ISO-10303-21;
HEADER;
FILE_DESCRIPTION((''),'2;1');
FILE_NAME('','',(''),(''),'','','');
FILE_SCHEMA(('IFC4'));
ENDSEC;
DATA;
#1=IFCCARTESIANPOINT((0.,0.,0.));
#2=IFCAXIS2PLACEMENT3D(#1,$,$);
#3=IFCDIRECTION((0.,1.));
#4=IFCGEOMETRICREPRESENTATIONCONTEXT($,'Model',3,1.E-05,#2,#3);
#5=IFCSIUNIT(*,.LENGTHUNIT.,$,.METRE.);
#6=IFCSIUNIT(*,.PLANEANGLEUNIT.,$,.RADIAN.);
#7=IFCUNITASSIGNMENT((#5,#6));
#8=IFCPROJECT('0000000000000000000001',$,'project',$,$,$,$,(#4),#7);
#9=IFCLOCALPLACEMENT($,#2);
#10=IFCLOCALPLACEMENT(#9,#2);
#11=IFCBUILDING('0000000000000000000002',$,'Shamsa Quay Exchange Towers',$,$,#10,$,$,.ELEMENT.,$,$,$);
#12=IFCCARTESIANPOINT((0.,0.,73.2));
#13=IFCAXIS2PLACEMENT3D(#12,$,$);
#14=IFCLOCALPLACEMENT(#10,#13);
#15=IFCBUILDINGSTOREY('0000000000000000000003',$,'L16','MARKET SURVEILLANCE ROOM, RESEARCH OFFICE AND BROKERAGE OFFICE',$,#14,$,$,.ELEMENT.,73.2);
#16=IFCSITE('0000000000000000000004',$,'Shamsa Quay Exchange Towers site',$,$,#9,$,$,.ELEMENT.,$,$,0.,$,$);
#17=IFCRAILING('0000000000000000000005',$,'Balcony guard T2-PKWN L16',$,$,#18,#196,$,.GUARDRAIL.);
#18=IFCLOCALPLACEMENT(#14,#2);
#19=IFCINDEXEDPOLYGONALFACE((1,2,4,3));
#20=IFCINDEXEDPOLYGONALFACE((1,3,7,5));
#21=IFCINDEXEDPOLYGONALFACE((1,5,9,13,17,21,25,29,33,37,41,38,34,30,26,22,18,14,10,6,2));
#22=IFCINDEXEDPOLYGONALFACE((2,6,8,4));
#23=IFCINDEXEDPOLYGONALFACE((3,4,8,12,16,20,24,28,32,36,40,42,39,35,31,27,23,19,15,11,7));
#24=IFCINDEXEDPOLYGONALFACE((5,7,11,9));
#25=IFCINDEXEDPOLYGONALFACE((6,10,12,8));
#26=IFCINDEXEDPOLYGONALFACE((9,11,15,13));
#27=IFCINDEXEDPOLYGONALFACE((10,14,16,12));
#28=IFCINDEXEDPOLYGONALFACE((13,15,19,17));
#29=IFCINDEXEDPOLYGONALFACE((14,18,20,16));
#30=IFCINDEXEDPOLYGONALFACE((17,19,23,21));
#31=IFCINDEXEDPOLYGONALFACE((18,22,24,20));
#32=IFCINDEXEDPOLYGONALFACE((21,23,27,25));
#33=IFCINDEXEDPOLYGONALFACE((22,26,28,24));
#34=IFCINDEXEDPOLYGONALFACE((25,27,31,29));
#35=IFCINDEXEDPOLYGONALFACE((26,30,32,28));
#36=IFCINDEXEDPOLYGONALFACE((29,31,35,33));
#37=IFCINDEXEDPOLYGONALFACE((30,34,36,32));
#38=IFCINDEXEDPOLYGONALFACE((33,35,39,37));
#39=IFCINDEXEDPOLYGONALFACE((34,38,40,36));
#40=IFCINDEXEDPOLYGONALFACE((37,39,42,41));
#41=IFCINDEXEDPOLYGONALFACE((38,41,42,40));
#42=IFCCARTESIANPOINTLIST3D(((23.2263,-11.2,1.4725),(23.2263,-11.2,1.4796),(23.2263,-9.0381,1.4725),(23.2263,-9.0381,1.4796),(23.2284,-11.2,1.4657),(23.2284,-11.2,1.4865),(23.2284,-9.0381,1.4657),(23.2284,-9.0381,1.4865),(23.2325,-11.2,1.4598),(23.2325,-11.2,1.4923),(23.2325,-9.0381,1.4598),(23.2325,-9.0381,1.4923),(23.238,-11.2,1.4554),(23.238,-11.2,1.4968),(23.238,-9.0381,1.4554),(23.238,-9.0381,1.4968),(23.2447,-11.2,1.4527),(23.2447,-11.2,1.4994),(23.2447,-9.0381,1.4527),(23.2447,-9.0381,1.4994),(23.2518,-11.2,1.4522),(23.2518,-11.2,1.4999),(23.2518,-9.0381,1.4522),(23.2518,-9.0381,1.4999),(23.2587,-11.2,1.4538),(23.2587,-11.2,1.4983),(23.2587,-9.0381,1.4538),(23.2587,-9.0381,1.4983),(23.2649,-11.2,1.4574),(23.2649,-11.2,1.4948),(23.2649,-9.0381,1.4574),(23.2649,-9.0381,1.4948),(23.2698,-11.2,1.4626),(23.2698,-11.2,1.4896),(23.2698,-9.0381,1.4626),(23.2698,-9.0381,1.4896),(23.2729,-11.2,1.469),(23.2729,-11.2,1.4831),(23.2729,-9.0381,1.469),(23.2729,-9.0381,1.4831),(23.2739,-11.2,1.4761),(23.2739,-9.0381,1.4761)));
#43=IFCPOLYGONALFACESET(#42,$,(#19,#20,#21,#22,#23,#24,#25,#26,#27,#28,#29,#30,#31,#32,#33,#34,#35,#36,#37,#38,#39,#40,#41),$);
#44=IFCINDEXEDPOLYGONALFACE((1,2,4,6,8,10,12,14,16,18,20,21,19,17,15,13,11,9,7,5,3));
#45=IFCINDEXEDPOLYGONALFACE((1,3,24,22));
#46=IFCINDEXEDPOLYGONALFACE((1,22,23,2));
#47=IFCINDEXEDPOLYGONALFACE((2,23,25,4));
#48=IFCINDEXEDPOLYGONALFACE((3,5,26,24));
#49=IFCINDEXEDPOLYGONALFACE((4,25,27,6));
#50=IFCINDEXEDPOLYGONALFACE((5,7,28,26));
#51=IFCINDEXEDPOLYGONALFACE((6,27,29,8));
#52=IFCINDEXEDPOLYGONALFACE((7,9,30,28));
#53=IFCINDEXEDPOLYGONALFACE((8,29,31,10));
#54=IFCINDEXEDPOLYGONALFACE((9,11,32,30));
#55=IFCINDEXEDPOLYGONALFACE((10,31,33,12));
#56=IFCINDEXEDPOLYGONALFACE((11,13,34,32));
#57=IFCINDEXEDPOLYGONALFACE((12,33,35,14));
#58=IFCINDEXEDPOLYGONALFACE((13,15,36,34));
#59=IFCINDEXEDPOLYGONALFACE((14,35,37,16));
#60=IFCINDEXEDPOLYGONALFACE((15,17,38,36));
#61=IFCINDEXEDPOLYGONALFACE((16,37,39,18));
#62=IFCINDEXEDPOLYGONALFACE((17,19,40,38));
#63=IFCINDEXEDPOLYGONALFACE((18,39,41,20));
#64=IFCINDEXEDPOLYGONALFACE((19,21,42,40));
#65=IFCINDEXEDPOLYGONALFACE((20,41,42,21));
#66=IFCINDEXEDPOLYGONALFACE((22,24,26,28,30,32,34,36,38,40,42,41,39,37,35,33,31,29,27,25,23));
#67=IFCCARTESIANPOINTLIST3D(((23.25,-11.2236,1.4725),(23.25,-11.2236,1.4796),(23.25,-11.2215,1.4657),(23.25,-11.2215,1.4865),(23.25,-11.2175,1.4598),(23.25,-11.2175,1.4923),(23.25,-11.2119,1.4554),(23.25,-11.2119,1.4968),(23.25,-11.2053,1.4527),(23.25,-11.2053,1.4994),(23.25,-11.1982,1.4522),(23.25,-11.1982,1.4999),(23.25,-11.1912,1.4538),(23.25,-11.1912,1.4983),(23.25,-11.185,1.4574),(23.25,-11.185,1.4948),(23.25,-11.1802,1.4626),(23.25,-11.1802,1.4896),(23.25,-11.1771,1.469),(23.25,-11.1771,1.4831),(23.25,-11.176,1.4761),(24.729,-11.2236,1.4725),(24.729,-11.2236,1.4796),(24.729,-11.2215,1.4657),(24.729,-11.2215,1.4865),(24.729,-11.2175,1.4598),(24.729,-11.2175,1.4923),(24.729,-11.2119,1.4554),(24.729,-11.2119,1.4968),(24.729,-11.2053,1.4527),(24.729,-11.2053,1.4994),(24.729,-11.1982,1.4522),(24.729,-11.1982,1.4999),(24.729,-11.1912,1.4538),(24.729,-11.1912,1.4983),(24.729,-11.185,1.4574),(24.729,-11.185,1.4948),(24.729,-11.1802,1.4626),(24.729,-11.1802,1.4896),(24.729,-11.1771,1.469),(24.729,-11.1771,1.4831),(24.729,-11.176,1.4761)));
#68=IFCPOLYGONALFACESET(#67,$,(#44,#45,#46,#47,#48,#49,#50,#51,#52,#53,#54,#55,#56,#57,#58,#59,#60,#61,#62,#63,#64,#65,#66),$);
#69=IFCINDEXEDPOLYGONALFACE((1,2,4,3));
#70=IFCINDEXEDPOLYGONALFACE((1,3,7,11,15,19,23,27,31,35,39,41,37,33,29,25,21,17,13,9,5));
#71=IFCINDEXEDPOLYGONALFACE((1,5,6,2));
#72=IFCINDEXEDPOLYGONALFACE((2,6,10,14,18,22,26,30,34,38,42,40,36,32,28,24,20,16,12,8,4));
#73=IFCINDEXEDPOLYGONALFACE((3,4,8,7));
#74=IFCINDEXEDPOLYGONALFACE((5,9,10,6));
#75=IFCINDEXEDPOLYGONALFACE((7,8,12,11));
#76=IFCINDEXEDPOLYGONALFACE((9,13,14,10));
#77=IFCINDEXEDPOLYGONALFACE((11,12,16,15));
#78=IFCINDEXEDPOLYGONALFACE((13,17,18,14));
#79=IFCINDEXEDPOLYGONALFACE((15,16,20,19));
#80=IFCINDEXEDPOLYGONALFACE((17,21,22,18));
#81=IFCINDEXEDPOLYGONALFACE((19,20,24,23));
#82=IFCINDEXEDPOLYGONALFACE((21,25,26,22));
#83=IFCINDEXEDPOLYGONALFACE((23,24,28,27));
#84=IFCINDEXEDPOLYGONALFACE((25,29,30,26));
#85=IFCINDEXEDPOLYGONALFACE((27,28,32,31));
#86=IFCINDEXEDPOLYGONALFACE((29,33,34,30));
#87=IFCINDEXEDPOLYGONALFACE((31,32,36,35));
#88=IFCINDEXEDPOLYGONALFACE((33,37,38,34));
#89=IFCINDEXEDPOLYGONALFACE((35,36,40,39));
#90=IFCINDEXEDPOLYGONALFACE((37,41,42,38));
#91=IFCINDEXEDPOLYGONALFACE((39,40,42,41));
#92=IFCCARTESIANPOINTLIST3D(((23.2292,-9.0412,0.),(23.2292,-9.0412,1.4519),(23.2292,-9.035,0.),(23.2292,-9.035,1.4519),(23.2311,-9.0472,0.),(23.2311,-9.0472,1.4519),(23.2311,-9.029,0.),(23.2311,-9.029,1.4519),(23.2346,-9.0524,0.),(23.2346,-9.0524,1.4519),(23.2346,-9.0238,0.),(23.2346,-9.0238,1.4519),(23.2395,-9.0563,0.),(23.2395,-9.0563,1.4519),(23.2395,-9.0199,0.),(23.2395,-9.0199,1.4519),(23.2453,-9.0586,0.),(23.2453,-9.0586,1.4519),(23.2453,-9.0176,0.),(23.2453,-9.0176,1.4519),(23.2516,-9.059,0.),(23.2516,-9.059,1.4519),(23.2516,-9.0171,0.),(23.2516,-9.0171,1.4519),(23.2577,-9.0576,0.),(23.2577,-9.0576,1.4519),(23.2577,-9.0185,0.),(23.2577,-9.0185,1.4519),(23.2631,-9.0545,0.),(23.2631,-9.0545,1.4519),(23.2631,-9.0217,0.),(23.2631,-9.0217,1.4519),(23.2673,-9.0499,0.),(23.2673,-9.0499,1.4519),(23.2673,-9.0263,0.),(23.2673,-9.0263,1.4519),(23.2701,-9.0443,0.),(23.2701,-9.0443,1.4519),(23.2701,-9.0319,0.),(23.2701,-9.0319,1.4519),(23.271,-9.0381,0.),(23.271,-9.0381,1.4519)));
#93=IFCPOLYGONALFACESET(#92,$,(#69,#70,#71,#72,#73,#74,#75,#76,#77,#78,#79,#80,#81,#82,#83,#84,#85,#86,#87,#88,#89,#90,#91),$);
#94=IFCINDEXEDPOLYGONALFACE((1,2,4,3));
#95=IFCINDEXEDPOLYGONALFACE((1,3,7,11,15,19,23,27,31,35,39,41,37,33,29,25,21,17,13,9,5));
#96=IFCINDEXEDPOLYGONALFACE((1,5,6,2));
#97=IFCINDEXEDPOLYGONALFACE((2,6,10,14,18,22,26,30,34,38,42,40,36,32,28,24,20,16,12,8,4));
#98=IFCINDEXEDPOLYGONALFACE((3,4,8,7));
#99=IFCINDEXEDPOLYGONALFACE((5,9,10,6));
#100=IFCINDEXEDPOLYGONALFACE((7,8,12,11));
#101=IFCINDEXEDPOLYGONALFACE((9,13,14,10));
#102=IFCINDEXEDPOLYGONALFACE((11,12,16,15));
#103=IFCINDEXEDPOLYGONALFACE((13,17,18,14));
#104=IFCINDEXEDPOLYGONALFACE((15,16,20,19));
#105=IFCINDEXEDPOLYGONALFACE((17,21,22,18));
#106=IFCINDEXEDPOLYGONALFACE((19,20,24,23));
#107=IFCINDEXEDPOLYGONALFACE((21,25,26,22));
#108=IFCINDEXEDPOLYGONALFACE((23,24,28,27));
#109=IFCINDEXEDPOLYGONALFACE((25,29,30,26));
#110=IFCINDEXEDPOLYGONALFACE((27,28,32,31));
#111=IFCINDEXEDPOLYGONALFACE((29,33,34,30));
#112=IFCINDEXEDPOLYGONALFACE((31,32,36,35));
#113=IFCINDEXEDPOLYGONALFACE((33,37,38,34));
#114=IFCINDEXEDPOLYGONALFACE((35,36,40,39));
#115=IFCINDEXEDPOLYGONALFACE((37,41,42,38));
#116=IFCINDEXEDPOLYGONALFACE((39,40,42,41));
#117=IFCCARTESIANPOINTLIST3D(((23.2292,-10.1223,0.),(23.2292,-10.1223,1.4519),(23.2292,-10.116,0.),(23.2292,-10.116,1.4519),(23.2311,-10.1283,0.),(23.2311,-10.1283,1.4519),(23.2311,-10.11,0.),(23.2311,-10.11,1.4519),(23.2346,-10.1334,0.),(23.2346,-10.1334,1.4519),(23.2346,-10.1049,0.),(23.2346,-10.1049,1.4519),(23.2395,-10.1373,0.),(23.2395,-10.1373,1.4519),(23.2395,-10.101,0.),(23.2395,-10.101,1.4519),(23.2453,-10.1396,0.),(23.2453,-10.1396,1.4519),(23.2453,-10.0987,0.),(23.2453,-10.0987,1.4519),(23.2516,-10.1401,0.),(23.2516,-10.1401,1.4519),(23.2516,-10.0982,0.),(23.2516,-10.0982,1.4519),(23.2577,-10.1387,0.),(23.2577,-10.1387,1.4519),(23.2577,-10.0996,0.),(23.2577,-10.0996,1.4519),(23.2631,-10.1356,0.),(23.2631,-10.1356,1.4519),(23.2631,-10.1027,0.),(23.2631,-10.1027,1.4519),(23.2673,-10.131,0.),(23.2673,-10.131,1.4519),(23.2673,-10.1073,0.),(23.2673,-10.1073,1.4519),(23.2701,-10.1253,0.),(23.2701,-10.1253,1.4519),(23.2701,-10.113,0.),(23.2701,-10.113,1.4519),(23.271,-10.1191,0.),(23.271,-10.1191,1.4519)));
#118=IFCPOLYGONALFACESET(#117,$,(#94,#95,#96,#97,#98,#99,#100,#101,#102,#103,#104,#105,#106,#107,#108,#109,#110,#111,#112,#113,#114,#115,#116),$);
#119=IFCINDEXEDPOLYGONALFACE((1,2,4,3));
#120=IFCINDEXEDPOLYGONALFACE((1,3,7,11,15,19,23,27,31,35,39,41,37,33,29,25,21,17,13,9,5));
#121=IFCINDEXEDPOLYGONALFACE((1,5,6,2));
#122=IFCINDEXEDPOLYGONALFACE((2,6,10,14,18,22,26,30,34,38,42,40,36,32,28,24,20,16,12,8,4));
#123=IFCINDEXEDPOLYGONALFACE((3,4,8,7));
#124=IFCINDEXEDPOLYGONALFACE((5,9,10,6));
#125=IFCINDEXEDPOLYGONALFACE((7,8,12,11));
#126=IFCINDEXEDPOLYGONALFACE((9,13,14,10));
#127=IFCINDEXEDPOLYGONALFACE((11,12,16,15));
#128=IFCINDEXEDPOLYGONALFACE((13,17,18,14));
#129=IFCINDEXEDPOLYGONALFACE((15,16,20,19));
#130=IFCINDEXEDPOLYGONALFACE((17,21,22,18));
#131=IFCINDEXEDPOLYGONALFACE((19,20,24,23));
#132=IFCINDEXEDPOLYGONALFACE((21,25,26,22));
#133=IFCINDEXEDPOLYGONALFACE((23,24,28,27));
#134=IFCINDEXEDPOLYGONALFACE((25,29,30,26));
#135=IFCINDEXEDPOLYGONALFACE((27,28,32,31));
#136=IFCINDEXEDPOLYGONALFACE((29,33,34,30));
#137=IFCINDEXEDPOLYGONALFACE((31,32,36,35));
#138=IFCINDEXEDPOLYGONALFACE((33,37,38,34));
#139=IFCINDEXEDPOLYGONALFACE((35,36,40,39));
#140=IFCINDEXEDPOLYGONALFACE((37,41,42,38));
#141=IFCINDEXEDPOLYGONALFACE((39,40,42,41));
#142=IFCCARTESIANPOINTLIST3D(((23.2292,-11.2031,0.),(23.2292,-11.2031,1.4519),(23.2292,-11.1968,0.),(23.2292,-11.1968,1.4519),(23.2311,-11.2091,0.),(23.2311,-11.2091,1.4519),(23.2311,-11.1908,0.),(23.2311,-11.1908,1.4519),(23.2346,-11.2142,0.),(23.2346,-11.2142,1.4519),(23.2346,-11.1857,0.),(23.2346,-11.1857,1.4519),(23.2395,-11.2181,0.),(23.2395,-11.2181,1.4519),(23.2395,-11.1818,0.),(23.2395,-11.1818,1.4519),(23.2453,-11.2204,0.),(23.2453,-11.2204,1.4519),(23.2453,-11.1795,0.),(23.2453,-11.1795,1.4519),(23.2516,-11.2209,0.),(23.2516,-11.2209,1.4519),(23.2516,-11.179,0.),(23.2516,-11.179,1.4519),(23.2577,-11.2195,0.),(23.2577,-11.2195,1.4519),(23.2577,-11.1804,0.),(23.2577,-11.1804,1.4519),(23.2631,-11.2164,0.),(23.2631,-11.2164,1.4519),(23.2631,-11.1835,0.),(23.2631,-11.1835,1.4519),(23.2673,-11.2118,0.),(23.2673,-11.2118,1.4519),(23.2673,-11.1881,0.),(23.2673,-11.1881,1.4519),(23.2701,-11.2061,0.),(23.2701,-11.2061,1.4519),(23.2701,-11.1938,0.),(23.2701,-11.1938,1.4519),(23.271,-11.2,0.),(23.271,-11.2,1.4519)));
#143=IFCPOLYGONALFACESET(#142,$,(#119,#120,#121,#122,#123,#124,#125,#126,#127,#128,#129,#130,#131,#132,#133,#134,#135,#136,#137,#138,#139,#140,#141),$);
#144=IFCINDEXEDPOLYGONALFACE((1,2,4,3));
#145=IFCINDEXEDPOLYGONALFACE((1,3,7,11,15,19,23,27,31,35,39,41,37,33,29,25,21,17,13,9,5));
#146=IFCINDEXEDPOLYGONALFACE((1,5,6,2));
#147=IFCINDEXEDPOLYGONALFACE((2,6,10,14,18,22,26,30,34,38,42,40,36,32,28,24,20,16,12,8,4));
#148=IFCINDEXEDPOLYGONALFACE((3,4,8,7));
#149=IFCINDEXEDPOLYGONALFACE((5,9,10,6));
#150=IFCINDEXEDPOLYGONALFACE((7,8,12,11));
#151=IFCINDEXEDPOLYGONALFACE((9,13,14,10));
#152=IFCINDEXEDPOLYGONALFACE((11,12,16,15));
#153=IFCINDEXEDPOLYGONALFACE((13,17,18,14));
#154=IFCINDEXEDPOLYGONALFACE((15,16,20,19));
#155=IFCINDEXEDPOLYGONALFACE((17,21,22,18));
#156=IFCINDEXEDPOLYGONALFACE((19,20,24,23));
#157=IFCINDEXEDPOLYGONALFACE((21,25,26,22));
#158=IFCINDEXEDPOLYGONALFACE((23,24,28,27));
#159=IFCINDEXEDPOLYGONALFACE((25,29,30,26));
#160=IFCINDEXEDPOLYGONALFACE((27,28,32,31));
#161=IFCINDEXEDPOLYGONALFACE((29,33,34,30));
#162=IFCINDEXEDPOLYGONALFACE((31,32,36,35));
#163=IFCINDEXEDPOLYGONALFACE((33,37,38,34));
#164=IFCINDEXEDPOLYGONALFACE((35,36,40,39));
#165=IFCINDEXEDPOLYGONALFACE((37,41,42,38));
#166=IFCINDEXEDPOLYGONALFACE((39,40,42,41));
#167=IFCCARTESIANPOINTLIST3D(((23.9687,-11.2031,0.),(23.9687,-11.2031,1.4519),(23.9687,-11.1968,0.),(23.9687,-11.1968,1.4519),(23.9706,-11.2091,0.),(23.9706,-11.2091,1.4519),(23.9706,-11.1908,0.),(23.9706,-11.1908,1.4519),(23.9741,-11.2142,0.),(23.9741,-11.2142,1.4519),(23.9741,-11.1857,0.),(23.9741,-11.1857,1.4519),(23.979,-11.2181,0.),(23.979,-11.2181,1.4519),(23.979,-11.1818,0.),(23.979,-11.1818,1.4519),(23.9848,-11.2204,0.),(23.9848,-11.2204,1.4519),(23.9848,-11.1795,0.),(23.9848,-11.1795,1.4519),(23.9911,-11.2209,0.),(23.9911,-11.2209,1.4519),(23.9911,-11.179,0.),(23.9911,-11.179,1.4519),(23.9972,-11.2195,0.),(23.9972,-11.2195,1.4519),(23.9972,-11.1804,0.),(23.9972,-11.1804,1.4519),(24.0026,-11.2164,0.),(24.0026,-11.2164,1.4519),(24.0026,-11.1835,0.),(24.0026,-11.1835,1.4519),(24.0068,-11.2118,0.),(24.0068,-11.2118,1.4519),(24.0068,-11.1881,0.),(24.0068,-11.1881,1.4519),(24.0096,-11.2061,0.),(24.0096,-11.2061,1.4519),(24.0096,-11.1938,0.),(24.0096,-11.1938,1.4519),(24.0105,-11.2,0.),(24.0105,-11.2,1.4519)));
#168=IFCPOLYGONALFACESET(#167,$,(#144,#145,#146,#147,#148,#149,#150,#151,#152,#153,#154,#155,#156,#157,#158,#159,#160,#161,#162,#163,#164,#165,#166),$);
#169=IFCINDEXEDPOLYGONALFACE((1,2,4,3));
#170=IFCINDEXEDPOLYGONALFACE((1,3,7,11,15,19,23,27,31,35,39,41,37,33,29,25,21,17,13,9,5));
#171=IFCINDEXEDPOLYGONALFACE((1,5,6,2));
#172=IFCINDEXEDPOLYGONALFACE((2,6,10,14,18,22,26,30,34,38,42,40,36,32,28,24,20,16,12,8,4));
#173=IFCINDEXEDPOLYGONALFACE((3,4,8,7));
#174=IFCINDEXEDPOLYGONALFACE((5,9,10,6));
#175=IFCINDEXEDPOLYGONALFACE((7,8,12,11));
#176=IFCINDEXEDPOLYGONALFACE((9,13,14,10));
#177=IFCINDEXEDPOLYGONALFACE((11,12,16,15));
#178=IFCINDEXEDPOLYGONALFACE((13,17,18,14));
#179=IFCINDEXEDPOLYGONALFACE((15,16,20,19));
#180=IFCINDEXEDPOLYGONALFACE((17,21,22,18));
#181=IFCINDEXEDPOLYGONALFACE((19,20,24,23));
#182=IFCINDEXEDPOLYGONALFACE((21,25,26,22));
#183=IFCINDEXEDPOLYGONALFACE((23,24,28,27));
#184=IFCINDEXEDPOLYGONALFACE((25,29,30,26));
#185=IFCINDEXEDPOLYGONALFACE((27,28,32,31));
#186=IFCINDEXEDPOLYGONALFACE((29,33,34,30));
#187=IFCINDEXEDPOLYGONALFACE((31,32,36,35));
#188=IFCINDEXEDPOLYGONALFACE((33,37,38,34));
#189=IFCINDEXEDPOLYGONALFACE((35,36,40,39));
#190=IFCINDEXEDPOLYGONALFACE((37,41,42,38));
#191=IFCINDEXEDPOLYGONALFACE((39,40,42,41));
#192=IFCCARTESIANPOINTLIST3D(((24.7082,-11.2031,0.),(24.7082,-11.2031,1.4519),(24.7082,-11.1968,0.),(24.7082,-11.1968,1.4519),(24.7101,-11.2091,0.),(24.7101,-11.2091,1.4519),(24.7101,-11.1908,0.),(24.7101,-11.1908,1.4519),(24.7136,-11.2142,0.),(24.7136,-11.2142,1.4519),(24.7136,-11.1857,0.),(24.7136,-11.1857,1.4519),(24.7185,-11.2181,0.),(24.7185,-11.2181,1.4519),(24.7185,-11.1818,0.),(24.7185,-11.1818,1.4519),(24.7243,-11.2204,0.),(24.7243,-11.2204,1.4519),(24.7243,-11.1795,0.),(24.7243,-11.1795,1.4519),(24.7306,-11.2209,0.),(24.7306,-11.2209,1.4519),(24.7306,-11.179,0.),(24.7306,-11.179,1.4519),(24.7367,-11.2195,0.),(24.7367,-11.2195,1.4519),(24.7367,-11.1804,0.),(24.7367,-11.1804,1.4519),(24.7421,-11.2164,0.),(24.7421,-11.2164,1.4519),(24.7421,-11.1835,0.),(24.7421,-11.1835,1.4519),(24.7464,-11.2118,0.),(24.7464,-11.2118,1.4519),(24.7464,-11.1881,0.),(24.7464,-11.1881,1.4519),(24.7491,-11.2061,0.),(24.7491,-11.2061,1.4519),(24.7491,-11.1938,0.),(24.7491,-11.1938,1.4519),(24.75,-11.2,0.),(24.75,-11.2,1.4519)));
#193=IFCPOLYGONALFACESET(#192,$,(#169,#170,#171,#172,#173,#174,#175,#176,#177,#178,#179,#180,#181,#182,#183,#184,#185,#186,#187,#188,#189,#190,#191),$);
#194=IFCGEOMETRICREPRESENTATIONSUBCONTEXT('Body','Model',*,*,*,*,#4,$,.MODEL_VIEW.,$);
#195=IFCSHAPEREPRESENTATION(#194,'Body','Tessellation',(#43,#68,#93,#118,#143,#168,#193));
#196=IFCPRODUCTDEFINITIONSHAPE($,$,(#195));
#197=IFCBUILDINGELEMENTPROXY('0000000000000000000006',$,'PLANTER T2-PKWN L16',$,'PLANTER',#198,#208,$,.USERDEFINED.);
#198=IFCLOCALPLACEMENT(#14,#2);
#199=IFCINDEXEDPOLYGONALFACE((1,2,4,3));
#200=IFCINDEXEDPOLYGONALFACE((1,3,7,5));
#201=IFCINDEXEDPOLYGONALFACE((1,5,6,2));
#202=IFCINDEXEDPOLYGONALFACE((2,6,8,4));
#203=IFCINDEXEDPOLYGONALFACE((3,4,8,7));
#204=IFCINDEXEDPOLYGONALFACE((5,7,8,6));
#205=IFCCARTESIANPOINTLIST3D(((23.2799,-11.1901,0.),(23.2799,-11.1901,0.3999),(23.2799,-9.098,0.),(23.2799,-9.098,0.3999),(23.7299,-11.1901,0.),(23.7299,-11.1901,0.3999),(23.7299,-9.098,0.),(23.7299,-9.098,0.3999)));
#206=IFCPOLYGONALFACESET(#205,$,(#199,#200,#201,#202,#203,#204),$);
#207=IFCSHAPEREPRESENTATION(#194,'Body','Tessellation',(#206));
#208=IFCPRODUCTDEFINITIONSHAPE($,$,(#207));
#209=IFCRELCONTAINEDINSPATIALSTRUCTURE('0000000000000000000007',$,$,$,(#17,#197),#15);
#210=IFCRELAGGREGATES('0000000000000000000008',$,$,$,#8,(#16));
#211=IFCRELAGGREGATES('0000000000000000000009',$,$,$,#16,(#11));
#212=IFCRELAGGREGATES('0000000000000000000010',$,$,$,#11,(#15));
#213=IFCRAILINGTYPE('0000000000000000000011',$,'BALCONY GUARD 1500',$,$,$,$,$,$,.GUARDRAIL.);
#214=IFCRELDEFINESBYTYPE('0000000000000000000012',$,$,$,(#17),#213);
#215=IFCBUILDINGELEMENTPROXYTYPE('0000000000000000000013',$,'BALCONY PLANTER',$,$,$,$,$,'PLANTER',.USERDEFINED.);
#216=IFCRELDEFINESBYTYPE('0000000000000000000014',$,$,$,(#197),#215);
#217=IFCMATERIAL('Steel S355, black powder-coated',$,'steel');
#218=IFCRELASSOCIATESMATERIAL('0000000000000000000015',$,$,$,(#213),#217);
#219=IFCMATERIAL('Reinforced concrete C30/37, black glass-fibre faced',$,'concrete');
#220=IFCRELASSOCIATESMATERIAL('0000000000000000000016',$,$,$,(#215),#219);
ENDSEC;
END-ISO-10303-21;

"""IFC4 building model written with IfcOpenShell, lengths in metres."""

from ifc_helpers import new_model, si_unit, direction, frame, origin, origin_2d, place, context, subcontext, project, spatial, rectangle, circle, extrude, material, type_object, element, save


model = new_model("IFC4")

# Units and contexts
model_context = context("Model", 3, precision=1e-05, world=origin(), true_north=direction((0.0, 1.0)))
body_context = subcontext(model_context, "Body", "Model", "MODEL_VIEW")
ifc_project = project(units=[si_unit("LENGTHUNIT", "METRE"), si_unit("PLANEANGLEUNIT", "RADIAN")], contexts=[model_context])

# Site, building, storey
site_placement = place(None, origin())
site = spatial("IfcSite", under=ifc_project, at=site_placement, Name="Shamsa Quay Exchange Towers site", CompositionType="ELEMENT", RefElevation=0.0)
building_placement = place(site_placement, origin())
building = spatial("IfcBuilding", under=site, at=building_placement, Name="Shamsa Quay Exchange Towers", CompositionType="ELEMENT")
storey_placement = place(building_placement, frame((0.0, 0.0, 73.2)))
storey = spatial("IfcBuildingStorey", under=building, at=storey_placement, Name="L16", Description="MARKET SURVEILLANCE ROOM, RESEARCH OFFICE AND BROKERAGE OFFICE", CompositionType="ELEMENT", Elevation=73.2)

# Railing
ifc_material_1 = material(Name="Steel S355, black powder-coated", Category="steel")
railing_type = type_object("IfcRailingType", Name="BALCONY GUARD 1500", PredefinedType="GUARDRAIL", material=ifc_material_1)
railing_placement = place(storey_placement, frame((23.25, -9.0381, 0.0)))
element("IfcRailing", 1, at=railing_placement, inside=storey, type_object=railing_type, Name="Balcony guard T2-PKWN L16", PredefinedType="GUARDRAIL", context=body_context, shape_type="SweptSolid", body=[
    extrude(circle(Radius=0.0239, at=origin_2d()), frame((0.0, 0.0, 1.4761), z_axis=(0.0, -1.0, 0.0), x_axis=(1.0, 0.0, 0.0)), (0.0, 0.0, 1.0), 2.1619),
    extrude(circle(Radius=0.0239, at=origin_2d()), frame((0.0, -2.1619, 1.4761), z_axis=(1.0, 0.0, 0.0), x_axis=(0.0, 1.0, 0.0)), (0.0, 0.0, 1.0), 1.479),
    extrude(circle(Radius=0.021, at=origin_2d()), origin(), (0.0, 0.0, 1.0), 1.4519),
    extrude(circle(Radius=0.021, at=origin_2d()), frame((0.0, -1.0811, 0.0)), (0.0, 0.0, 1.0), 1.4519),
    extrude(circle(Radius=0.021, at=origin_2d()), frame((0.0, -2.1619, 0.0)), (0.0, 0.0, 1.0), 1.4519),
    extrude(circle(Radius=0.021, at=origin_2d()), frame((0.7395, -2.1619, 0.0)), (0.0, 0.0, 1.0), 1.4519),
    extrude(circle(Radius=0.021, at=origin_2d()), frame((1.479, -2.1619, 0.0)), (0.0, 0.0, 1.0), 1.4519),
])

# Building element proxy
ifc_material_2 = material(Name="Reinforced concrete C30/37, black glass-fibre faced", Category="concrete")
building_element_proxy_type = type_object("IfcBuildingElementProxyType", Name="BALCONY PLANTER", ElementType="PLANTER", PredefinedType="USERDEFINED", material=ifc_material_2)
proxy_placement = place(storey_placement, frame((23.5049, -10.144, 0.0), z_axis=(0.0, 0.0, 1.0), x_axis=(0.0, -1.0, 0.0)))
element("IfcBuildingElementProxy", 2, at=proxy_placement, inside=storey, type_object=building_element_proxy_type, Name="PLANTER T2-PKWN L16", ObjectType="PLANTER", PredefinedType="USERDEFINED", context=body_context, shape_type="SweptSolid", body=[
    extrude(rectangle(XDim=2.092, YDim=0.45, at=origin_2d()), origin(), (0.0, 0.0, 1.0), 0.3999),
])

save(model, "model.ifc")
